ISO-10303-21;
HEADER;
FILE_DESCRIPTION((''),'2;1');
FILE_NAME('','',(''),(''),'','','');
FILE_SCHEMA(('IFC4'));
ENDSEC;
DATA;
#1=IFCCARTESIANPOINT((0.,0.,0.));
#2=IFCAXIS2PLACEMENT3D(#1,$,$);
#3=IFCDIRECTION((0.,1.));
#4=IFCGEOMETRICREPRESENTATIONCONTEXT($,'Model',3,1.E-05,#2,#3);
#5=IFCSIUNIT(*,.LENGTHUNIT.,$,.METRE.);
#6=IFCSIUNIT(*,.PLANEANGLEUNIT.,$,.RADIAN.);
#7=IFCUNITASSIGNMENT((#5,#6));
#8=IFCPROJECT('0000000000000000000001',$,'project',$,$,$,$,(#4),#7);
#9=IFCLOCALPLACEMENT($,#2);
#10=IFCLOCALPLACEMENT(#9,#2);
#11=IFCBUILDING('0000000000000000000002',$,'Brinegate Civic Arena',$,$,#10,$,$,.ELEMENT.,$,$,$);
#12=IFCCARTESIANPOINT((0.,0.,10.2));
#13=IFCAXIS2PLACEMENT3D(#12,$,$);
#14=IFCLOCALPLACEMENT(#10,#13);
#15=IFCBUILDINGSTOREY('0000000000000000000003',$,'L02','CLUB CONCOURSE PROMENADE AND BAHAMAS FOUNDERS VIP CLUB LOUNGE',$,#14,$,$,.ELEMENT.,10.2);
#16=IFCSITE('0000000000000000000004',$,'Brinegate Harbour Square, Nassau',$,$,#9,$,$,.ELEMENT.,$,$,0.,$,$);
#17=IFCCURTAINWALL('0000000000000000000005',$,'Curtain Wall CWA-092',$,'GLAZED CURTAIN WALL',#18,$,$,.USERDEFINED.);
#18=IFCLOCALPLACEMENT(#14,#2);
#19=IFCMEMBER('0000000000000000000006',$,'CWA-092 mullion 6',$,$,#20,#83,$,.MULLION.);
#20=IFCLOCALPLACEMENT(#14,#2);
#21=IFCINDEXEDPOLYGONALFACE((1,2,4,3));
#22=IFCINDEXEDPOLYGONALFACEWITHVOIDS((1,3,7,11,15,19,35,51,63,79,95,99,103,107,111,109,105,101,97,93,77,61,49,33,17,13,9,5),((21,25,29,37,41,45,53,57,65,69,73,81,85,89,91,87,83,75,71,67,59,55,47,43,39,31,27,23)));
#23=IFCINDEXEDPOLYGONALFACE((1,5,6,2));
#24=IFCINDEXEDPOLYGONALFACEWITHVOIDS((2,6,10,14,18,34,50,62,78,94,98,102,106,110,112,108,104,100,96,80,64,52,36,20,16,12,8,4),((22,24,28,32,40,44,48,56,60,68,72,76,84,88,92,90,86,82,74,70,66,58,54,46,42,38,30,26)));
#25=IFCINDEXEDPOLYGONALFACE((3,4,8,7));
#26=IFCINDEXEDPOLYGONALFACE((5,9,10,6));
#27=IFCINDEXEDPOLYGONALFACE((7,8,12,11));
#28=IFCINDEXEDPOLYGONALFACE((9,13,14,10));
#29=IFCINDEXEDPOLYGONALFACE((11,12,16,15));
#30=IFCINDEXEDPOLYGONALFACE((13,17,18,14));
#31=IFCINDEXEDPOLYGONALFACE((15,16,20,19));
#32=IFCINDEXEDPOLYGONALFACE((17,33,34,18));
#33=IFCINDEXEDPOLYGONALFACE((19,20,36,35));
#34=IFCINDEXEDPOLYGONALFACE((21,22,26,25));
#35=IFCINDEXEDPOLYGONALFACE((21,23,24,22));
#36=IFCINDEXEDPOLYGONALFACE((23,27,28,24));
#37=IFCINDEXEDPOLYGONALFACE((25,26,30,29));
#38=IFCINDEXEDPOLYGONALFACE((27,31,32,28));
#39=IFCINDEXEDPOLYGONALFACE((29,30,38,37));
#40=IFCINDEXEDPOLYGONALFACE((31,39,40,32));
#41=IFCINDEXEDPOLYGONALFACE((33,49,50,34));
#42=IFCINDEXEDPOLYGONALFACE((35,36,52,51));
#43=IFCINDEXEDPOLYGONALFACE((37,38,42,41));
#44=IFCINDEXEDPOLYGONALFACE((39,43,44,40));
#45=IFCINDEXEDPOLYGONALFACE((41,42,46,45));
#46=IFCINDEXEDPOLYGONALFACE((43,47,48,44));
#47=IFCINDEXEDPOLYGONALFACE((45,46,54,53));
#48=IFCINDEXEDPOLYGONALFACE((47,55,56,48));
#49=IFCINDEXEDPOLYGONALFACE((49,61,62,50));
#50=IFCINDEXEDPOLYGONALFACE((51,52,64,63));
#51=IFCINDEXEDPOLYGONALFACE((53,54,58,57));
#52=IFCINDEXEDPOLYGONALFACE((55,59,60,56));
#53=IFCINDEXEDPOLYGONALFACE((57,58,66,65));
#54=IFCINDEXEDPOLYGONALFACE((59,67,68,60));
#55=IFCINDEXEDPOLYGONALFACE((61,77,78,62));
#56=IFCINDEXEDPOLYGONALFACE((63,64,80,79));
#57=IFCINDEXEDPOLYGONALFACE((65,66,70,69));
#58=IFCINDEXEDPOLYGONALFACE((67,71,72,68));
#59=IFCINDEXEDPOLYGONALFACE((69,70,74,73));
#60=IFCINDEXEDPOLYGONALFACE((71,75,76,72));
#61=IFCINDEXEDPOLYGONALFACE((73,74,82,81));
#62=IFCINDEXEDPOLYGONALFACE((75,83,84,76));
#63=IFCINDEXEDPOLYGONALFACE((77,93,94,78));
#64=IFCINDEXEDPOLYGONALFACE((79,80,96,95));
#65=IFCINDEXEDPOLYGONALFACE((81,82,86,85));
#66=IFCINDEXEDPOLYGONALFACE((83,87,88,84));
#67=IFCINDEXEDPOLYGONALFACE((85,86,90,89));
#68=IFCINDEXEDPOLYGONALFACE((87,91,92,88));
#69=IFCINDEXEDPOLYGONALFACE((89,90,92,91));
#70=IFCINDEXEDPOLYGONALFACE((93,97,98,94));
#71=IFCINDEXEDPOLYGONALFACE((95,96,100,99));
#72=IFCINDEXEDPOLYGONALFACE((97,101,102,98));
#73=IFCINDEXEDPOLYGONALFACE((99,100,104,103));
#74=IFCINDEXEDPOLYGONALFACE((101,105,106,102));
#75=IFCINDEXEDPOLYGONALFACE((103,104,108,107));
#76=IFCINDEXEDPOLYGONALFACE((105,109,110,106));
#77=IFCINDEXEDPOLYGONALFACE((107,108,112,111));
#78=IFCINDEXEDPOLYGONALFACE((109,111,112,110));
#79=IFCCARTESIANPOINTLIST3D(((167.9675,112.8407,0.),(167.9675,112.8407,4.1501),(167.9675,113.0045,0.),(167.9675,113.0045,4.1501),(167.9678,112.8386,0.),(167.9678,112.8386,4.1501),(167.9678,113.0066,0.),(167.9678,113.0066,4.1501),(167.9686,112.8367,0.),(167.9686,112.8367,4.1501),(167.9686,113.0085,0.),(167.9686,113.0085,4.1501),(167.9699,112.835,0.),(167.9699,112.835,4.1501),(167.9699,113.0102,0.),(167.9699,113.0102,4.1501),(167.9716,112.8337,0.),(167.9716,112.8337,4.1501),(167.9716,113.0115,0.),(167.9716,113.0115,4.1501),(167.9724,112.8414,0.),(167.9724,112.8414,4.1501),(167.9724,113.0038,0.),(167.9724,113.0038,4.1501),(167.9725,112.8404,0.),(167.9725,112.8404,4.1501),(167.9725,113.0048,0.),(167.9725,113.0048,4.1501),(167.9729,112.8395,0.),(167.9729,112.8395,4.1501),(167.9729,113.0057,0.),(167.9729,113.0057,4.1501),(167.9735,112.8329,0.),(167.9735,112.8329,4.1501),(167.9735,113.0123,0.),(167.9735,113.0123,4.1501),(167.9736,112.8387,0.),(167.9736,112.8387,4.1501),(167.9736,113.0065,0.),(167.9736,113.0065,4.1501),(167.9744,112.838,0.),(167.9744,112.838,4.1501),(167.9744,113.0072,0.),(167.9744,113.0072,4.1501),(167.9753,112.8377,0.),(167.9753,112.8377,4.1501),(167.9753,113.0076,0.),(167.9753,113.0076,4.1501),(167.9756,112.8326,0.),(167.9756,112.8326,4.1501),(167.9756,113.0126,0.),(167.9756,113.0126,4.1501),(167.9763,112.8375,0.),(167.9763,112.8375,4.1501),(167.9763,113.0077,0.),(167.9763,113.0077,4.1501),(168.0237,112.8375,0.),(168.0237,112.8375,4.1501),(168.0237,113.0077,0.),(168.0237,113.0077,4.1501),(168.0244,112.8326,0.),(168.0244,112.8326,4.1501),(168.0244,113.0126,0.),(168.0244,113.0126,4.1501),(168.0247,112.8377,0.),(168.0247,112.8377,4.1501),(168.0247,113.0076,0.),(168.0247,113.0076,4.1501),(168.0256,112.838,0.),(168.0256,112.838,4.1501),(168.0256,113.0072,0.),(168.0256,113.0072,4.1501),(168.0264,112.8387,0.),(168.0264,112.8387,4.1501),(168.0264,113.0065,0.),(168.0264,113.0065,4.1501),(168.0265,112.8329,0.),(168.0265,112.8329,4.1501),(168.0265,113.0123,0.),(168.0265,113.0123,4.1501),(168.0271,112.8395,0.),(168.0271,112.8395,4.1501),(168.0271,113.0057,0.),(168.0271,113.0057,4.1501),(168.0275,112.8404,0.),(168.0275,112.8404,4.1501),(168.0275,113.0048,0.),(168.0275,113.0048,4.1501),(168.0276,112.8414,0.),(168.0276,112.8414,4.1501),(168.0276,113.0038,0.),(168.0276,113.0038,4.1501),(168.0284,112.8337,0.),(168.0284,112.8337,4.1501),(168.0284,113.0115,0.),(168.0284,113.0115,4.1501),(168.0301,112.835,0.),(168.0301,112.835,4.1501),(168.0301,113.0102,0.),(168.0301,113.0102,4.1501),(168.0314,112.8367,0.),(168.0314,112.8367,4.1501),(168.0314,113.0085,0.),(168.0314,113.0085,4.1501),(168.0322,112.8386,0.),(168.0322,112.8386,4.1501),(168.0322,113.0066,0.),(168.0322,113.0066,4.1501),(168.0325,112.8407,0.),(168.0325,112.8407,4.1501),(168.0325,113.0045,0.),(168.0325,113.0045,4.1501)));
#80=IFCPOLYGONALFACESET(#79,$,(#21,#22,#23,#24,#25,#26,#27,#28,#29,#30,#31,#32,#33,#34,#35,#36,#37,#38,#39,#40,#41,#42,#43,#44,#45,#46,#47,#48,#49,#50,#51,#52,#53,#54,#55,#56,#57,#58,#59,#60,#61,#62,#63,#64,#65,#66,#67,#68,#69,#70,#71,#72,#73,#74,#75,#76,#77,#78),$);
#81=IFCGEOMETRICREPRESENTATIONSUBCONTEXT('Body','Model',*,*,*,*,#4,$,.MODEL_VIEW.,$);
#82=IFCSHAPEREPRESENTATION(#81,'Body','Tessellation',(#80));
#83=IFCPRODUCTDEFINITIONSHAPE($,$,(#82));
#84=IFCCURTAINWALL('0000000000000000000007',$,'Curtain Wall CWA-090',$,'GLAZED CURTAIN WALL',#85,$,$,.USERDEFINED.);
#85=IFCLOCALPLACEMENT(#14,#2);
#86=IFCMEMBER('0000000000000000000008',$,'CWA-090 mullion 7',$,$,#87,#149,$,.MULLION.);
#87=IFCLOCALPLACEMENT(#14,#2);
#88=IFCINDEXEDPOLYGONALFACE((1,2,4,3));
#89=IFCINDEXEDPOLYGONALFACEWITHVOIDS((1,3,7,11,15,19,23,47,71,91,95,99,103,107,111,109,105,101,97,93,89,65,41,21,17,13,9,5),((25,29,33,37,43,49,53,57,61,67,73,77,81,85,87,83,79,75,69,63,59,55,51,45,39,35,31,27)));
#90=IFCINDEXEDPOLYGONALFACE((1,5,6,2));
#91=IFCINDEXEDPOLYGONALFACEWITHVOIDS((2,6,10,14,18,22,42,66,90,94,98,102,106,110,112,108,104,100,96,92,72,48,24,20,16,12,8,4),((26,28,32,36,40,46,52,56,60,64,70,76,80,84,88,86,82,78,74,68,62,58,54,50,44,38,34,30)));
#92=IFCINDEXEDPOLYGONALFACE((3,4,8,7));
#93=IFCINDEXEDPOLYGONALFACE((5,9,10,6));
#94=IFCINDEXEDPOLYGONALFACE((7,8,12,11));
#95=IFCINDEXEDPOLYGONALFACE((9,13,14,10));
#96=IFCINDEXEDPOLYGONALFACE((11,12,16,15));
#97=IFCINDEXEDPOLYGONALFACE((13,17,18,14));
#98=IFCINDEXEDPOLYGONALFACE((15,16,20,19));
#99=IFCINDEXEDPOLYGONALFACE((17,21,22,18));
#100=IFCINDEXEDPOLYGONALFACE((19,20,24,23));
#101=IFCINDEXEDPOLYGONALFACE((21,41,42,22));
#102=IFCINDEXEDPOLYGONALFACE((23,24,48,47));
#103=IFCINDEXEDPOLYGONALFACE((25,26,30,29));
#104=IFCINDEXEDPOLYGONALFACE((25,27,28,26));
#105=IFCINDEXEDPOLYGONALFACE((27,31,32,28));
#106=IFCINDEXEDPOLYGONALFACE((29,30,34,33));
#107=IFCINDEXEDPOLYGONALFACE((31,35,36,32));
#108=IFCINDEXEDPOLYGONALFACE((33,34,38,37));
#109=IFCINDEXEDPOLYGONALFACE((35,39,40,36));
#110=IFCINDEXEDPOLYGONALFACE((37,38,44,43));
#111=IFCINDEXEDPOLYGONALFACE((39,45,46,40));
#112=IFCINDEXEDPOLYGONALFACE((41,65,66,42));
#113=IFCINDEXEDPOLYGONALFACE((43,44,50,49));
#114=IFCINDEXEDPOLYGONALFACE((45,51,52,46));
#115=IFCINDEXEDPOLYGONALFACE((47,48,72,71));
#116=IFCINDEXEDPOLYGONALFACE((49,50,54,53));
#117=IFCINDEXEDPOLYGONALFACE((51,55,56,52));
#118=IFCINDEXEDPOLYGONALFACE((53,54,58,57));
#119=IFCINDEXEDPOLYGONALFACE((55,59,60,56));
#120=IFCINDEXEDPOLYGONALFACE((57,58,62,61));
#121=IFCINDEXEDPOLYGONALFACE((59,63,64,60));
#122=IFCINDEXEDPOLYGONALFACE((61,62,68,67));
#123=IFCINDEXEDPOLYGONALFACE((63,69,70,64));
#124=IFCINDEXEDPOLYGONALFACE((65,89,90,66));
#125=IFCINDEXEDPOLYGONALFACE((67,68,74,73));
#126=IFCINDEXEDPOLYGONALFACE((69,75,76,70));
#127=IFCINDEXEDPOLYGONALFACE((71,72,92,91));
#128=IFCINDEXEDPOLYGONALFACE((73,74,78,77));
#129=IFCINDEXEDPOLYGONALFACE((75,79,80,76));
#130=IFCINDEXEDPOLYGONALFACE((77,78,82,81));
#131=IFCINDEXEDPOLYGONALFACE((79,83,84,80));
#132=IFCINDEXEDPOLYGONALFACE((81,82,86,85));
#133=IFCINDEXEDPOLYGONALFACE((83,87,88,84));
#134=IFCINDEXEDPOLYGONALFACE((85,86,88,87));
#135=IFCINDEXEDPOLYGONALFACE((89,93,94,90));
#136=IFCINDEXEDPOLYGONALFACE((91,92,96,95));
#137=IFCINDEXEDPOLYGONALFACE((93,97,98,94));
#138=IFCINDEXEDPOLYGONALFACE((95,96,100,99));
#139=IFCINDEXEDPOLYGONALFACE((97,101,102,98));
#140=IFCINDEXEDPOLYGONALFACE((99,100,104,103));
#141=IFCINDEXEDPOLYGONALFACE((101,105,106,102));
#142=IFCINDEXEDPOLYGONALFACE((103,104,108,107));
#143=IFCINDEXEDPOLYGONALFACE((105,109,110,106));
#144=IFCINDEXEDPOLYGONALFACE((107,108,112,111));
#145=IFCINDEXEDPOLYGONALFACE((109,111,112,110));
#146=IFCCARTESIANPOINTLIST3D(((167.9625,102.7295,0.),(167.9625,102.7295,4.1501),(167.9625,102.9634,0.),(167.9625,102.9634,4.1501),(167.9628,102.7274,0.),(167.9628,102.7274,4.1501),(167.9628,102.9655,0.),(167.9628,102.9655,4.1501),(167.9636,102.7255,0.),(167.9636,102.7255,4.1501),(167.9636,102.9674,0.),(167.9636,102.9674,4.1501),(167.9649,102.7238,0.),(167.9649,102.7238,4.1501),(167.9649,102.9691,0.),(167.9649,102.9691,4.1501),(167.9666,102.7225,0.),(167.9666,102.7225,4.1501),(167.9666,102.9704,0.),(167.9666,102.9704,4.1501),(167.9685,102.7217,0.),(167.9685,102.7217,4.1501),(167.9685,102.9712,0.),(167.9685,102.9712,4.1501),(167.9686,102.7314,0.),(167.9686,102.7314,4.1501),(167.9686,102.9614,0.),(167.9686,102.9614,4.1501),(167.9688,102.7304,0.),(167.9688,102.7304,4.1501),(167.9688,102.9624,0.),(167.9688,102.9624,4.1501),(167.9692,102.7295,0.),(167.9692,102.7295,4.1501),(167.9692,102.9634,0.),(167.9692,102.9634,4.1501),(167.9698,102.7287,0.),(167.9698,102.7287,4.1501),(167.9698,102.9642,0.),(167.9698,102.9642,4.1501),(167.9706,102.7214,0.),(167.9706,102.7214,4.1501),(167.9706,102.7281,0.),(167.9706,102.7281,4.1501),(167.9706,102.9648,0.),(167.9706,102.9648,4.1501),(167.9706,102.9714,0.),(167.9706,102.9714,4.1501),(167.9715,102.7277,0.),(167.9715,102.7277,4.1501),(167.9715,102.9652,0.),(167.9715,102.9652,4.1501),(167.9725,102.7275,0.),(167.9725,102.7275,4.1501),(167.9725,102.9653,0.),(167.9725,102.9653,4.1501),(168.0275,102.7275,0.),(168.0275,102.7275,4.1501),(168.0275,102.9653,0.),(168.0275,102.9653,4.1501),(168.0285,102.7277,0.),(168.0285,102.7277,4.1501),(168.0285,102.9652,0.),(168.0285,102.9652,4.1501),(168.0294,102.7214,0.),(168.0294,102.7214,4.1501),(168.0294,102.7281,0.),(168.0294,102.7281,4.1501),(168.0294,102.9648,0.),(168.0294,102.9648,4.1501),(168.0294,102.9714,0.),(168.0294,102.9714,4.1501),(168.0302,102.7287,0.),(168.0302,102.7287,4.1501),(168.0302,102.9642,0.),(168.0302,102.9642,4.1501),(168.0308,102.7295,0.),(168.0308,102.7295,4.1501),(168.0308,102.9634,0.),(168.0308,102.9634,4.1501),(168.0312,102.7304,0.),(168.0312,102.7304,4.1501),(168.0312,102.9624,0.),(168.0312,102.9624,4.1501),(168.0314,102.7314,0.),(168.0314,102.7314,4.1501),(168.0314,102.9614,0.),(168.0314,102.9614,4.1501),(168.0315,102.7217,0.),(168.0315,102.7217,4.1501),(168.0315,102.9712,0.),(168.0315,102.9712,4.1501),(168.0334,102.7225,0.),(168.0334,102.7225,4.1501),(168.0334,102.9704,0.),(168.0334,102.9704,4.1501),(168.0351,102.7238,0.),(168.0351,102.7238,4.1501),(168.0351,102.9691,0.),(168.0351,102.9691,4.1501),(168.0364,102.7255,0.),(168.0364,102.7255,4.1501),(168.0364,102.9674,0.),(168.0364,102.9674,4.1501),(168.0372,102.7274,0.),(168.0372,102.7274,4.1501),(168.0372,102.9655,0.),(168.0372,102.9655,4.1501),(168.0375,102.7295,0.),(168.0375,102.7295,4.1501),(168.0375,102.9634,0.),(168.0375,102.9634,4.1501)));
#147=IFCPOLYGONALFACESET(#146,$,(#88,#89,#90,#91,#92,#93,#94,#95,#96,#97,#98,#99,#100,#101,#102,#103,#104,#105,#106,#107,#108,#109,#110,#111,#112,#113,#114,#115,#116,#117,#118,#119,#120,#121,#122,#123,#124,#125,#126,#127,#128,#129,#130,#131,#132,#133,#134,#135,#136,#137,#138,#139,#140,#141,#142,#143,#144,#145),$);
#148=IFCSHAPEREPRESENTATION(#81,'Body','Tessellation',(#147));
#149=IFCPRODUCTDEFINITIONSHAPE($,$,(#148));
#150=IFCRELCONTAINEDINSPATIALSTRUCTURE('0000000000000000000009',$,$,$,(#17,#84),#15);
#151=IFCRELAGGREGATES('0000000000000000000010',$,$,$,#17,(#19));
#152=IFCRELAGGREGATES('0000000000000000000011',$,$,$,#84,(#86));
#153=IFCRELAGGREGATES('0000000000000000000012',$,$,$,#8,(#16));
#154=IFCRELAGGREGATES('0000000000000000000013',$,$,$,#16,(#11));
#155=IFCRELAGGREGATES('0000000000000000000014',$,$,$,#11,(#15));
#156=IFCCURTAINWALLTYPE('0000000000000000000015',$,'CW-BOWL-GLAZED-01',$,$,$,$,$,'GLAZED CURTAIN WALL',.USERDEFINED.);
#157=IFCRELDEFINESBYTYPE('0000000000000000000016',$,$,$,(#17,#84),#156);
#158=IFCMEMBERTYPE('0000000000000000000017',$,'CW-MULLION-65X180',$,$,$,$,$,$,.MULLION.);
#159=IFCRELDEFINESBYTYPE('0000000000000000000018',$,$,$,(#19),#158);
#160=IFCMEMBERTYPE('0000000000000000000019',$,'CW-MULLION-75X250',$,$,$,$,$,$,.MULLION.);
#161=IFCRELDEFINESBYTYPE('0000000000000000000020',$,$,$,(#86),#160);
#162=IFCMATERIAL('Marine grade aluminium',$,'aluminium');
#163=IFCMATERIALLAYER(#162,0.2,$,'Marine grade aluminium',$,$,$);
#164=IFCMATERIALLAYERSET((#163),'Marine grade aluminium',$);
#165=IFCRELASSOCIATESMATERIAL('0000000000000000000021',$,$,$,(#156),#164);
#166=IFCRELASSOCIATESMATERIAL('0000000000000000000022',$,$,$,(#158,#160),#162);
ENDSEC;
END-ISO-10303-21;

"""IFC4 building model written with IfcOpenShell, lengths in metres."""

from ifc_helpers import new_model, si_unit, direction, frame, origin, origin_2d, place, context, subcontext, project, spatial, hollow_rectangle, extrude, material, layer, layer_set, material_profile, profile_set, type_object, element, aggregate, save


model = new_model("IFC4")

# Units and contexts
model_context = context("Model", 3, precision=1e-05, world=origin(), true_north=direction((0.0, 1.0)))
body_context = subcontext(model_context, "Body", "Model", "MODEL_VIEW")
ifc_project = project(units=[si_unit("LENGTHUNIT", "METRE"), si_unit("PLANEANGLEUNIT", "RADIAN")], contexts=[model_context])

# Site, building, storey
site_placement = place(None, origin())
site = spatial("IfcSite", under=ifc_project, at=site_placement, Name="Brinegate Harbour Square, Nassau", CompositionType="ELEMENT", RefElevation=0.0)
building_placement = place(site_placement, origin())
building = spatial("IfcBuilding", under=site, at=building_placement, Name="Brinegate Civic Arena", CompositionType="ELEMENT")
storey_placement = place(building_placement, frame((0.0, 0.0, 10.2)))
storey = spatial("IfcBuildingStorey", under=building, at=storey_placement, Name="L02", Description="CLUB CONCOURSE PROMENADE AND BAHAMAS FOUNDERS VIP CLUB LOUNGE", CompositionType="ELEMENT", Elevation=10.2)

# Curtain wall, member
ifc_material_1 = material(Name="Marine grade aluminium", Category="aluminium")
ifc_layer_1 = layer(ifc_material_1, 0.2, Name="Marine grade aluminium")
ifc_layer_set_1 = layer_set([ifc_layer_1], Name="Marine grade aluminium")
curtain_wall_type = type_object("IfcCurtainWallType", Name="CW-BOWL-GLAZED-01", ElementType="GLAZED CURTAIN WALL", PredefinedType="USERDEFINED", material=ifc_layer_set_1)
curtain_wall_1_placement = place(storey_placement, origin())
curtain_wall_1 = element("IfcCurtainWall", 1, at=curtain_wall_1_placement, inside=storey, type_object=curtain_wall_type, Name="Curtain Wall CWA-092", ObjectType="GLAZED CURTAIN WALL", PredefinedType="USERDEFINED")
ifc_material_profile_1 = material_profile(ifc_material_1, hollow_rectangle(XDim=0.0649, YDim=0.1799, WallThickness=0.0049, InnerFilletRadius=0.0039, OuterFilletRadius=0.0081, at=origin_2d()), Name="MUL65X180")
ifc_profile_set_1 = profile_set([ifc_material_profile_1], Name="Marine grade aluminium")
member_type_1 = type_object("IfcMemberType", Name="CW-MULLION-65X180", PredefinedType="MULLION", material=ifc_profile_set_1)
member_1_placement = place(storey_placement, frame((168.0, 112.9226, 0.0), z_axis=(0.0, 0.0, 1.0), x_axis=(-1.0, 0.0, 0.0)))
member_1 = element("IfcMember", 2, at=member_1_placement, type_object=member_type_1, Name="CWA-092 mullion 6", PredefinedType="MULLION", context=body_context, shape_type="SweptSolid", body=[
    extrude(hollow_rectangle(XDim=0.0649, YDim=0.1799, WallThickness=0.0049, InnerFilletRadius=0.0039, OuterFilletRadius=0.0081, at=origin_2d()), origin(), (0.0, 0.0, 1.0), 4.1501),
])

# Curtain wall, member
curtain_wall_2_placement = place(storey_placement, origin())
curtain_wall_2 = element("IfcCurtainWall", 3, at=curtain_wall_2_placement, inside=storey, type_object=curtain_wall_type, Name="Curtain Wall CWA-090", ObjectType="GLAZED CURTAIN WALL", PredefinedType="USERDEFINED")
ifc_material_profile_2 = material_profile(ifc_material_1, hollow_rectangle(XDim=0.075, YDim=0.25, WallThickness=0.0061, InnerFilletRadius=0.0039, OuterFilletRadius=0.0081, at=origin_2d()), Name="MUL75X250")
ifc_profile_set_2 = profile_set([ifc_material_profile_2], Name="Marine grade aluminium")
member_type_2 = type_object("IfcMemberType", Name="CW-MULLION-75X250", PredefinedType="MULLION", material=ifc_profile_set_2)
member_2_placement = place(storey_placement, frame((168.0, 102.8464, 0.0), z_axis=(0.0, 0.0, 1.0), x_axis=(-1.0, 0.0, 0.0)))
member_2 = element("IfcMember", 4, at=member_2_placement, type_object=member_type_2, Name="CWA-090 mullion 7", PredefinedType="MULLION", context=body_context, shape_type="SweptSolid", body=[
    extrude(hollow_rectangle(XDim=0.075, YDim=0.25, WallThickness=0.0061, InnerFilletRadius=0.0039, OuterFilletRadius=0.0081, at=origin_2d()), origin(), (0.0, 0.0, 1.0), 4.1501),
])

aggregate(curtain_wall_1, [member_1])
aggregate(curtain_wall_2, [member_2])

save(model, "model.ifc")
